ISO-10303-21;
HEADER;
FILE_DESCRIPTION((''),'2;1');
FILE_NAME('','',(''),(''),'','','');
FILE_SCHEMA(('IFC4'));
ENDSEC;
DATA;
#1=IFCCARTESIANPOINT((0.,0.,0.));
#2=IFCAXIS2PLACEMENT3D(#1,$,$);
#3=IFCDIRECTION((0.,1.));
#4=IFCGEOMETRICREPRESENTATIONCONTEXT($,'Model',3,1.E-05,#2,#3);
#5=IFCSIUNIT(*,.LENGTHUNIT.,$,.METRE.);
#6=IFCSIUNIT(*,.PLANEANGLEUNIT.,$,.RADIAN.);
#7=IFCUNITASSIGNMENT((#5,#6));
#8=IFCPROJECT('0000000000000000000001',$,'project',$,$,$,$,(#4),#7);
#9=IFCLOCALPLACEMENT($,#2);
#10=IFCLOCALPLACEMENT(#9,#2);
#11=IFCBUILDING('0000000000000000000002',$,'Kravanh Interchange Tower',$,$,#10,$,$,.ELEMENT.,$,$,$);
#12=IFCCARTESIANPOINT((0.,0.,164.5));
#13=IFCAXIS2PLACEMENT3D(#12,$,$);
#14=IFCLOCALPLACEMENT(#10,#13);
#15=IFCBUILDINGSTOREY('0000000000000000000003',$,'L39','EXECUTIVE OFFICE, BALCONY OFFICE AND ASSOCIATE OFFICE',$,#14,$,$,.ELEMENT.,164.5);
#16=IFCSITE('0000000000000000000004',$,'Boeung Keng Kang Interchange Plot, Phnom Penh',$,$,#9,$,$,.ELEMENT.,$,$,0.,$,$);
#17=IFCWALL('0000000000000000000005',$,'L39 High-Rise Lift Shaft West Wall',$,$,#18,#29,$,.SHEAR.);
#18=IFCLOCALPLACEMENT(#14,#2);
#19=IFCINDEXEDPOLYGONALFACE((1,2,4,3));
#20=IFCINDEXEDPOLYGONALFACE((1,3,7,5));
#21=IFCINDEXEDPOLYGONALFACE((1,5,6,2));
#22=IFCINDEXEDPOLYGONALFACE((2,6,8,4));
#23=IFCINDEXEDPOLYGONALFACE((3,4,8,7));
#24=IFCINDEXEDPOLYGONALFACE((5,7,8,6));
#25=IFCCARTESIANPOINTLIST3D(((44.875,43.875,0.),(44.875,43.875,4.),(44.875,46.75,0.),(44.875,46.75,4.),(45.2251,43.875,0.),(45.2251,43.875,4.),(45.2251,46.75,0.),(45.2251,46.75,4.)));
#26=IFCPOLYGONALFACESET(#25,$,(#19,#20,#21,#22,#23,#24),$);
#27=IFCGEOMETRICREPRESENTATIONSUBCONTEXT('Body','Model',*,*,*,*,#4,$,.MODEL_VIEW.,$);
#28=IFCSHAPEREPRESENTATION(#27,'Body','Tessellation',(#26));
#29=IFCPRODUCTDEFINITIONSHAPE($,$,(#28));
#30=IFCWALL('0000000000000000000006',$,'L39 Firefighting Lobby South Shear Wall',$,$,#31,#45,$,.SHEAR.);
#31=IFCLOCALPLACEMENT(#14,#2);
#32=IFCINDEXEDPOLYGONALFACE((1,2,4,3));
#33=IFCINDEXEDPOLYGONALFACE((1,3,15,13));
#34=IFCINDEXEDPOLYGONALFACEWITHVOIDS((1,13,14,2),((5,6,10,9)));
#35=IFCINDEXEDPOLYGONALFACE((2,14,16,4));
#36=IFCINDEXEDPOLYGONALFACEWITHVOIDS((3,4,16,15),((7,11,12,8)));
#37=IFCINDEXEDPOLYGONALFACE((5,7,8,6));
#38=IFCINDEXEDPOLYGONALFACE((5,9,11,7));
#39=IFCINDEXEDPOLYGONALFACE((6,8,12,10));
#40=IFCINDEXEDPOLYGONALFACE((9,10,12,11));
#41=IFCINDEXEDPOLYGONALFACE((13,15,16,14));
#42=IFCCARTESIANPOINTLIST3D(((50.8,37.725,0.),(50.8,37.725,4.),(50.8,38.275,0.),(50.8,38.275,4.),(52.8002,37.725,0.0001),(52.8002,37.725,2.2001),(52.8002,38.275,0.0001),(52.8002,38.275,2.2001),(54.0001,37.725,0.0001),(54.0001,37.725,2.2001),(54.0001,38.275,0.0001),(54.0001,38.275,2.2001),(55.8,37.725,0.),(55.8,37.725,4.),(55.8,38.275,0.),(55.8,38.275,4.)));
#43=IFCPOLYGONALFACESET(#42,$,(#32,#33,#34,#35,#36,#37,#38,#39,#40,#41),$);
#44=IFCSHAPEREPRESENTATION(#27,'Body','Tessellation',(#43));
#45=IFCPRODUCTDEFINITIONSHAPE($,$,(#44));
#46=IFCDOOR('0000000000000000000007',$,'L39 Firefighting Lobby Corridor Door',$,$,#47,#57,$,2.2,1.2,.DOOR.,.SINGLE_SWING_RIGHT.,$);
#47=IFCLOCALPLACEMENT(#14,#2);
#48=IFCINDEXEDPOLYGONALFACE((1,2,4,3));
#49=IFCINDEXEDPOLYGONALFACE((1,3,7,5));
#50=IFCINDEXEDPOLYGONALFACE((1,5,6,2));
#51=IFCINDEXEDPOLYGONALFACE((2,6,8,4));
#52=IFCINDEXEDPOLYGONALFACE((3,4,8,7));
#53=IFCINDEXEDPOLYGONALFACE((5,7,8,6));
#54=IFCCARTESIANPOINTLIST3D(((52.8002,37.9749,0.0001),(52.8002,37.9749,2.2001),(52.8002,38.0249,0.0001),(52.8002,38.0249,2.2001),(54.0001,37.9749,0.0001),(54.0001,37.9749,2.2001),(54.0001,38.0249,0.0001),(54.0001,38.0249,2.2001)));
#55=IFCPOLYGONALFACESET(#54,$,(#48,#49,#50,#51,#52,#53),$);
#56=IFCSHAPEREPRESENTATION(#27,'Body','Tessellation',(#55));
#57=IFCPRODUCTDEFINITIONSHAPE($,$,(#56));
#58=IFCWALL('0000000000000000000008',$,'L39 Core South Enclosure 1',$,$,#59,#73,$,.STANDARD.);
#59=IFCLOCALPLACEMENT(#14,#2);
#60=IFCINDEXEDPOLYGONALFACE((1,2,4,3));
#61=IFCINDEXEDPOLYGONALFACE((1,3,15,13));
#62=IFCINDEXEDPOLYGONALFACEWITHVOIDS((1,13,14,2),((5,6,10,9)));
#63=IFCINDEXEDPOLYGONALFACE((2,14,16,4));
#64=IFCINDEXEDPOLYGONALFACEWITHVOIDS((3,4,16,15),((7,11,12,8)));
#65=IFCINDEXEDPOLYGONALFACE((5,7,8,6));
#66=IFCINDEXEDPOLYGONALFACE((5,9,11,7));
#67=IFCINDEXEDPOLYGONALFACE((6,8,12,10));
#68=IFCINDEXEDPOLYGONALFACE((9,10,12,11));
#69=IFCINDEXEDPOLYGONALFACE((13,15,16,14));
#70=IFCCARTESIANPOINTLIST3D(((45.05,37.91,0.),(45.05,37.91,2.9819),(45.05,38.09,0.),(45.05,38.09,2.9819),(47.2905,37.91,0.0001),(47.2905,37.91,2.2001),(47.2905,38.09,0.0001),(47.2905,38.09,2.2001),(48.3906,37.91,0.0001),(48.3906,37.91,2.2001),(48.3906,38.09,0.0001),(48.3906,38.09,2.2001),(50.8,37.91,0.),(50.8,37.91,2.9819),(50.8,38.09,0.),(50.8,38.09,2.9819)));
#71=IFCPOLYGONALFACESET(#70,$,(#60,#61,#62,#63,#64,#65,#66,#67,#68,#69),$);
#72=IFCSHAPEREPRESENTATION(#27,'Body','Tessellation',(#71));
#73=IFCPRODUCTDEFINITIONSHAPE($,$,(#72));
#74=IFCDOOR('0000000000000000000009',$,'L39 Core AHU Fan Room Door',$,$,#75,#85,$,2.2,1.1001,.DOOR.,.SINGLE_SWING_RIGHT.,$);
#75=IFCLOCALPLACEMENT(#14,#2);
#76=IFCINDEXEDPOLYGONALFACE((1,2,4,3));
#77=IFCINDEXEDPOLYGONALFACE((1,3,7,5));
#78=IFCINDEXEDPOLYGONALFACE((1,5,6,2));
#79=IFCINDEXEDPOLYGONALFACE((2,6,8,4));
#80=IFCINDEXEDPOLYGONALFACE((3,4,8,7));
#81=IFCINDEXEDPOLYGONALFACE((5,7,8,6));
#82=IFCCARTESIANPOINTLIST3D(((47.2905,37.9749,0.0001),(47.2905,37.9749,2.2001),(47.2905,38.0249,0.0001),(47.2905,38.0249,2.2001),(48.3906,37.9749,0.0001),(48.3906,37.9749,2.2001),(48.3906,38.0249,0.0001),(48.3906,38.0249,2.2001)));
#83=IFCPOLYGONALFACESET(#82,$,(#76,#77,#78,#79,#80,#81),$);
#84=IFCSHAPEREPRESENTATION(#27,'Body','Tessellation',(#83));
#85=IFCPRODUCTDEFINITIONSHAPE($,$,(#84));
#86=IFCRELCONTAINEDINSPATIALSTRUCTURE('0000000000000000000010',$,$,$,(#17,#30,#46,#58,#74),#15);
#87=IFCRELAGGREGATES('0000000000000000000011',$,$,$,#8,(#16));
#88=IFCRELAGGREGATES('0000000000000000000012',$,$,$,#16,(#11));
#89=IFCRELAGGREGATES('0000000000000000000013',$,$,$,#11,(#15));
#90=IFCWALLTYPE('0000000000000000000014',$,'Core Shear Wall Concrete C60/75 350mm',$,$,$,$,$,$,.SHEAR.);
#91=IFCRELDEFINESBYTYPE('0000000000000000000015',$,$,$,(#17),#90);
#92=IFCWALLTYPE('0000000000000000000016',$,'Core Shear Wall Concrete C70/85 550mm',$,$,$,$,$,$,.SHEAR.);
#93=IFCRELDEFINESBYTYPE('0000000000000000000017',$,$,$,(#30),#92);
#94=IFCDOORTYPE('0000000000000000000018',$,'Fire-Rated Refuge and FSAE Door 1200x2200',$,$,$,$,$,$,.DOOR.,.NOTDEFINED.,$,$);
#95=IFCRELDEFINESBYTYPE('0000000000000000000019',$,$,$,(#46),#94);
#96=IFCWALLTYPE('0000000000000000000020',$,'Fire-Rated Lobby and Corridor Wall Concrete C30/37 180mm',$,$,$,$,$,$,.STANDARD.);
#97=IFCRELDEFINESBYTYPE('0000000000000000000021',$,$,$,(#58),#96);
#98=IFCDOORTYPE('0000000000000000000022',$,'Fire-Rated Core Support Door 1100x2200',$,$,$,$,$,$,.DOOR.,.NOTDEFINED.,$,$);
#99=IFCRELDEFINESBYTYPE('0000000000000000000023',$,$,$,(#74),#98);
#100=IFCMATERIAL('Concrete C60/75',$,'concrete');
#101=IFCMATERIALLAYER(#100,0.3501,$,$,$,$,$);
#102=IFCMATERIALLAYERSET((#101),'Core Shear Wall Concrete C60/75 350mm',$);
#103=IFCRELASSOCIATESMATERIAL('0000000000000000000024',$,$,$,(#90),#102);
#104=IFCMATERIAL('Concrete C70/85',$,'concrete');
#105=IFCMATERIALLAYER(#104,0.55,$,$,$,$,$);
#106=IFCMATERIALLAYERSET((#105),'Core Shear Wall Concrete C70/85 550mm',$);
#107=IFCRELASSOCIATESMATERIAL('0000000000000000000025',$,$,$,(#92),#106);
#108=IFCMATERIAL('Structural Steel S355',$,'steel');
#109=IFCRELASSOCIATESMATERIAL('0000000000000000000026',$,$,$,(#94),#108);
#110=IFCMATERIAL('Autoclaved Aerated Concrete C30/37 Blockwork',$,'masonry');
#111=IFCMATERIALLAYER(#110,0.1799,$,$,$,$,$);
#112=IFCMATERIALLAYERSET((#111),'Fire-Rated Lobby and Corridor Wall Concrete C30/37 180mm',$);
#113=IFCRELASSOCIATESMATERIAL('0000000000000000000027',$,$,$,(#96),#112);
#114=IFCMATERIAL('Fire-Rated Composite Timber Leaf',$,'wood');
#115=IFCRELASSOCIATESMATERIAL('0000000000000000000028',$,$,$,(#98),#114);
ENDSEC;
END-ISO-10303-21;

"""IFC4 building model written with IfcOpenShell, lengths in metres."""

from ifc_helpers import new_model, si_unit, direction, frame, frame_2d, origin, place, context, subcontext, project, spatial, rectangle, extrude, material, layer, layer_set, type_object, element, fill, save


model = new_model("IFC4")

# Units and contexts
model_context = context("Model", 3, precision=1e-05, world=origin(), true_north=direction((0.0, 1.0)))
body_context = subcontext(model_context, "Body", "Model", "MODEL_VIEW")
ifc_project = project(units=[si_unit("LENGTHUNIT", "METRE"), si_unit("PLANEANGLEUNIT", "RADIAN")], contexts=[model_context])

# Site, building, storey
site_placement = place(None, origin())
site = spatial("IfcSite", under=ifc_project, at=site_placement, Name="Boeung Keng Kang Interchange Plot, Phnom Penh", CompositionType="ELEMENT", RefElevation=0.0)
building_placement = place(site_placement, origin())
building = spatial("IfcBuilding", under=site, at=building_placement, Name="Kravanh Interchange Tower", CompositionType="ELEMENT")
storey_placement = place(building_placement, frame((0.0, 0.0, 164.5)))
storey = spatial("IfcBuildingStorey", under=building, at=storey_placement, Name="L39", Description="EXECUTIVE OFFICE, BALCONY OFFICE AND ASSOCIATE OFFICE", CompositionType="ELEMENT", Elevation=164.5)

# Shared definitions
ifc_material_1 = material(Name="Concrete C60/75", Category="concrete")
ifc_layer_1 = layer(ifc_material_1, 0.3501)
ifc_layer_set_1 = layer_set([ifc_layer_1], Name="Core Shear Wall Concrete C60/75 350mm")
wall_type_1 = type_object("IfcWallType", Name="Core Shear Wall Concrete C60/75 350mm", PredefinedType="SHEAR", material=ifc_layer_set_1)

# Wall
wall_1_placement = place(storey_placement, frame((45.05, 43.875, 0.0), z_axis=(0.0, 0.0, 1.0), x_axis=(0.0, 1.0, 0.0)))
element("IfcWall", 1, at=wall_1_placement, inside=storey, type_object=wall_type_1, Name="L39 High-Rise Lift Shaft West Wall", PredefinedType="SHEAR", context=body_context, shape_type="SweptSolid", body=[
    extrude(rectangle(XDim=2.875, YDim=0.3501, at=frame_2d((1.4375, 0.0))), origin(), (0.0, 0.0, 1.0), 4.0),
])

# Shared definitions
ifc_material_2 = material(Name="Concrete C70/85", Category="concrete")
ifc_layer_2 = layer(ifc_material_2, 0.55)
ifc_layer_set_2 = layer_set([ifc_layer_2], Name="Core Shear Wall Concrete C70/85 550mm")
wall_type_2 = type_object("IfcWallType", Name="Core Shear Wall Concrete C70/85 550mm", PredefinedType="SHEAR", material=ifc_layer_set_2)

# Walls, openings, doors
wall_2_placement = place(storey_placement, frame((50.8, 38.0, 0.0), z_axis=(0.0, 0.0, 1.0), x_axis=(1.0, 0.0, 0.0)))
wall_2 = element("IfcWall", 2, at=wall_2_placement, inside=storey, type_object=wall_type_2, Name="L39 Firefighting Lobby South Shear Wall", PredefinedType="SHEAR", context=body_context, shape_type="SweptSolid", body=[
    extrude(rectangle(XDim=5.0, YDim=0.55, at=frame_2d((2.5, 0.0))), origin(), (0.0, 0.0, 1.0), 4.0),
])
opening_1_placement = place(wall_2_placement, frame((2.0, 0.0, 0.0)))
opening_1 = element("IfcOpeningElement", 3, at=opening_1_placement, cuts=wall_2, PredefinedType="OPENING", context=body_context, shape_type="SweptSolid", body=[
    extrude(rectangle(XDim=1.2, YDim=2.2, at=frame_2d((0.6001, 1.1001))), frame((0.0, 0.2852, 0.0), z_axis=(0.0, -1.0, 0.0), x_axis=(1.0, 0.0, 0.0)), (0.0, 0.0, 1.0), 0.5701),
])
ifc_material_3 = material(Name="Structural Steel S355", Category="steel")
door_type_1 = type_object("IfcDoorType", Name="Fire-Rated Refuge and FSAE Door 1200x2200", OperationType="NOTDEFINED", PredefinedType="DOOR", material=ifc_material_3)
door_1_placement = place(opening_1_placement, origin())
door_1 = element("IfcDoor", 4, at=door_1_placement, inside=storey, type_object=door_type_1, Name="L39 Firefighting Lobby Corridor Door", OperationType="SINGLE_SWING_RIGHT", OverallHeight=2.2, OverallWidth=1.2, PredefinedType="DOOR", context=body_context, shape_type="SweptSolid", body=[
    extrude(rectangle(XDim=1.2, YDim=2.2, at=frame_2d((0.6001, 1.1001))), frame((0.0, 0.0249, 0.0), z_axis=(0.0, -1.0, 0.0), x_axis=(1.0, 0.0, 0.0)), (0.0, 0.0, 1.0), 0.05),
])
fill(opening_1, door_1)
ifc_material_4 = material(Name="Autoclaved Aerated Concrete C30/37 Blockwork", Category="masonry")
ifc_layer_3 = layer(ifc_material_4, 0.1799)
ifc_layer_set_3 = layer_set([ifc_layer_3], Name="Fire-Rated Lobby and Corridor Wall Concrete C30/37 180mm")
wall_type_3 = type_object("IfcWallType", Name="Fire-Rated Lobby and Corridor Wall Concrete C30/37 180mm", PredefinedType="STANDARD", material=ifc_layer_set_3)
wall_3_placement = place(storey_placement, frame((45.05, 38.0, 0.0), z_axis=(0.0, 0.0, 1.0), x_axis=(1.0, 0.0, 0.0)))
wall_3 = element("IfcWall", 5, at=wall_3_placement, inside=storey, type_object=wall_type_3, Name="L39 Core South Enclosure 1", PredefinedType="STANDARD", context=body_context, shape_type="SweptSolid", body=[
    extrude(rectangle(XDim=5.75, YDim=0.1799, at=frame_2d((2.875, 0.0))), origin(), (0.0, 0.0, 1.0), 2.9819),
])
opening_2_placement = place(wall_3_placement, frame((2.2405, 0.0, 0.0)))
opening_2 = element("IfcOpeningElement", 6, at=opening_2_placement, cuts=wall_3, PredefinedType="OPENING", context=body_context, shape_type="SweptSolid", body=[
    extrude(rectangle(XDim=1.1001, YDim=2.2, at=frame_2d((0.55, 1.1001))), frame((0.0, 0.1001, 0.0), z_axis=(0.0, -1.0, 0.0), x_axis=(1.0, 0.0, 0.0)), (0.0, 0.0, 1.0), 0.2),
])
ifc_material_5 = material(Name="Fire-Rated Composite Timber Leaf", Category="wood")
door_type_2 = type_object("IfcDoorType", Name="Fire-Rated Core Support Door 1100x2200", OperationType="NOTDEFINED", PredefinedType="DOOR", material=ifc_material_5)
door_2_placement = place(opening_2_placement, origin())
door_2 = element("IfcDoor", 7, at=door_2_placement, inside=storey, type_object=door_type_2, Name="L39 Core AHU Fan Room Door", OperationType="SINGLE_SWING_RIGHT", OverallHeight=2.2, OverallWidth=1.1001, PredefinedType="DOOR", context=body_context, shape_type="SweptSolid", body=[
    extrude(rectangle(XDim=1.1001, YDim=2.2, at=frame_2d((0.55, 1.1001))), frame((0.0, 0.0249, 0.0), z_axis=(0.0, -1.0, 0.0), x_axis=(1.0, 0.0, 0.0)), (0.0, 0.0, 1.0), 0.05),
])
fill(opening_2, door_2)

save(model, "model.ifc")
